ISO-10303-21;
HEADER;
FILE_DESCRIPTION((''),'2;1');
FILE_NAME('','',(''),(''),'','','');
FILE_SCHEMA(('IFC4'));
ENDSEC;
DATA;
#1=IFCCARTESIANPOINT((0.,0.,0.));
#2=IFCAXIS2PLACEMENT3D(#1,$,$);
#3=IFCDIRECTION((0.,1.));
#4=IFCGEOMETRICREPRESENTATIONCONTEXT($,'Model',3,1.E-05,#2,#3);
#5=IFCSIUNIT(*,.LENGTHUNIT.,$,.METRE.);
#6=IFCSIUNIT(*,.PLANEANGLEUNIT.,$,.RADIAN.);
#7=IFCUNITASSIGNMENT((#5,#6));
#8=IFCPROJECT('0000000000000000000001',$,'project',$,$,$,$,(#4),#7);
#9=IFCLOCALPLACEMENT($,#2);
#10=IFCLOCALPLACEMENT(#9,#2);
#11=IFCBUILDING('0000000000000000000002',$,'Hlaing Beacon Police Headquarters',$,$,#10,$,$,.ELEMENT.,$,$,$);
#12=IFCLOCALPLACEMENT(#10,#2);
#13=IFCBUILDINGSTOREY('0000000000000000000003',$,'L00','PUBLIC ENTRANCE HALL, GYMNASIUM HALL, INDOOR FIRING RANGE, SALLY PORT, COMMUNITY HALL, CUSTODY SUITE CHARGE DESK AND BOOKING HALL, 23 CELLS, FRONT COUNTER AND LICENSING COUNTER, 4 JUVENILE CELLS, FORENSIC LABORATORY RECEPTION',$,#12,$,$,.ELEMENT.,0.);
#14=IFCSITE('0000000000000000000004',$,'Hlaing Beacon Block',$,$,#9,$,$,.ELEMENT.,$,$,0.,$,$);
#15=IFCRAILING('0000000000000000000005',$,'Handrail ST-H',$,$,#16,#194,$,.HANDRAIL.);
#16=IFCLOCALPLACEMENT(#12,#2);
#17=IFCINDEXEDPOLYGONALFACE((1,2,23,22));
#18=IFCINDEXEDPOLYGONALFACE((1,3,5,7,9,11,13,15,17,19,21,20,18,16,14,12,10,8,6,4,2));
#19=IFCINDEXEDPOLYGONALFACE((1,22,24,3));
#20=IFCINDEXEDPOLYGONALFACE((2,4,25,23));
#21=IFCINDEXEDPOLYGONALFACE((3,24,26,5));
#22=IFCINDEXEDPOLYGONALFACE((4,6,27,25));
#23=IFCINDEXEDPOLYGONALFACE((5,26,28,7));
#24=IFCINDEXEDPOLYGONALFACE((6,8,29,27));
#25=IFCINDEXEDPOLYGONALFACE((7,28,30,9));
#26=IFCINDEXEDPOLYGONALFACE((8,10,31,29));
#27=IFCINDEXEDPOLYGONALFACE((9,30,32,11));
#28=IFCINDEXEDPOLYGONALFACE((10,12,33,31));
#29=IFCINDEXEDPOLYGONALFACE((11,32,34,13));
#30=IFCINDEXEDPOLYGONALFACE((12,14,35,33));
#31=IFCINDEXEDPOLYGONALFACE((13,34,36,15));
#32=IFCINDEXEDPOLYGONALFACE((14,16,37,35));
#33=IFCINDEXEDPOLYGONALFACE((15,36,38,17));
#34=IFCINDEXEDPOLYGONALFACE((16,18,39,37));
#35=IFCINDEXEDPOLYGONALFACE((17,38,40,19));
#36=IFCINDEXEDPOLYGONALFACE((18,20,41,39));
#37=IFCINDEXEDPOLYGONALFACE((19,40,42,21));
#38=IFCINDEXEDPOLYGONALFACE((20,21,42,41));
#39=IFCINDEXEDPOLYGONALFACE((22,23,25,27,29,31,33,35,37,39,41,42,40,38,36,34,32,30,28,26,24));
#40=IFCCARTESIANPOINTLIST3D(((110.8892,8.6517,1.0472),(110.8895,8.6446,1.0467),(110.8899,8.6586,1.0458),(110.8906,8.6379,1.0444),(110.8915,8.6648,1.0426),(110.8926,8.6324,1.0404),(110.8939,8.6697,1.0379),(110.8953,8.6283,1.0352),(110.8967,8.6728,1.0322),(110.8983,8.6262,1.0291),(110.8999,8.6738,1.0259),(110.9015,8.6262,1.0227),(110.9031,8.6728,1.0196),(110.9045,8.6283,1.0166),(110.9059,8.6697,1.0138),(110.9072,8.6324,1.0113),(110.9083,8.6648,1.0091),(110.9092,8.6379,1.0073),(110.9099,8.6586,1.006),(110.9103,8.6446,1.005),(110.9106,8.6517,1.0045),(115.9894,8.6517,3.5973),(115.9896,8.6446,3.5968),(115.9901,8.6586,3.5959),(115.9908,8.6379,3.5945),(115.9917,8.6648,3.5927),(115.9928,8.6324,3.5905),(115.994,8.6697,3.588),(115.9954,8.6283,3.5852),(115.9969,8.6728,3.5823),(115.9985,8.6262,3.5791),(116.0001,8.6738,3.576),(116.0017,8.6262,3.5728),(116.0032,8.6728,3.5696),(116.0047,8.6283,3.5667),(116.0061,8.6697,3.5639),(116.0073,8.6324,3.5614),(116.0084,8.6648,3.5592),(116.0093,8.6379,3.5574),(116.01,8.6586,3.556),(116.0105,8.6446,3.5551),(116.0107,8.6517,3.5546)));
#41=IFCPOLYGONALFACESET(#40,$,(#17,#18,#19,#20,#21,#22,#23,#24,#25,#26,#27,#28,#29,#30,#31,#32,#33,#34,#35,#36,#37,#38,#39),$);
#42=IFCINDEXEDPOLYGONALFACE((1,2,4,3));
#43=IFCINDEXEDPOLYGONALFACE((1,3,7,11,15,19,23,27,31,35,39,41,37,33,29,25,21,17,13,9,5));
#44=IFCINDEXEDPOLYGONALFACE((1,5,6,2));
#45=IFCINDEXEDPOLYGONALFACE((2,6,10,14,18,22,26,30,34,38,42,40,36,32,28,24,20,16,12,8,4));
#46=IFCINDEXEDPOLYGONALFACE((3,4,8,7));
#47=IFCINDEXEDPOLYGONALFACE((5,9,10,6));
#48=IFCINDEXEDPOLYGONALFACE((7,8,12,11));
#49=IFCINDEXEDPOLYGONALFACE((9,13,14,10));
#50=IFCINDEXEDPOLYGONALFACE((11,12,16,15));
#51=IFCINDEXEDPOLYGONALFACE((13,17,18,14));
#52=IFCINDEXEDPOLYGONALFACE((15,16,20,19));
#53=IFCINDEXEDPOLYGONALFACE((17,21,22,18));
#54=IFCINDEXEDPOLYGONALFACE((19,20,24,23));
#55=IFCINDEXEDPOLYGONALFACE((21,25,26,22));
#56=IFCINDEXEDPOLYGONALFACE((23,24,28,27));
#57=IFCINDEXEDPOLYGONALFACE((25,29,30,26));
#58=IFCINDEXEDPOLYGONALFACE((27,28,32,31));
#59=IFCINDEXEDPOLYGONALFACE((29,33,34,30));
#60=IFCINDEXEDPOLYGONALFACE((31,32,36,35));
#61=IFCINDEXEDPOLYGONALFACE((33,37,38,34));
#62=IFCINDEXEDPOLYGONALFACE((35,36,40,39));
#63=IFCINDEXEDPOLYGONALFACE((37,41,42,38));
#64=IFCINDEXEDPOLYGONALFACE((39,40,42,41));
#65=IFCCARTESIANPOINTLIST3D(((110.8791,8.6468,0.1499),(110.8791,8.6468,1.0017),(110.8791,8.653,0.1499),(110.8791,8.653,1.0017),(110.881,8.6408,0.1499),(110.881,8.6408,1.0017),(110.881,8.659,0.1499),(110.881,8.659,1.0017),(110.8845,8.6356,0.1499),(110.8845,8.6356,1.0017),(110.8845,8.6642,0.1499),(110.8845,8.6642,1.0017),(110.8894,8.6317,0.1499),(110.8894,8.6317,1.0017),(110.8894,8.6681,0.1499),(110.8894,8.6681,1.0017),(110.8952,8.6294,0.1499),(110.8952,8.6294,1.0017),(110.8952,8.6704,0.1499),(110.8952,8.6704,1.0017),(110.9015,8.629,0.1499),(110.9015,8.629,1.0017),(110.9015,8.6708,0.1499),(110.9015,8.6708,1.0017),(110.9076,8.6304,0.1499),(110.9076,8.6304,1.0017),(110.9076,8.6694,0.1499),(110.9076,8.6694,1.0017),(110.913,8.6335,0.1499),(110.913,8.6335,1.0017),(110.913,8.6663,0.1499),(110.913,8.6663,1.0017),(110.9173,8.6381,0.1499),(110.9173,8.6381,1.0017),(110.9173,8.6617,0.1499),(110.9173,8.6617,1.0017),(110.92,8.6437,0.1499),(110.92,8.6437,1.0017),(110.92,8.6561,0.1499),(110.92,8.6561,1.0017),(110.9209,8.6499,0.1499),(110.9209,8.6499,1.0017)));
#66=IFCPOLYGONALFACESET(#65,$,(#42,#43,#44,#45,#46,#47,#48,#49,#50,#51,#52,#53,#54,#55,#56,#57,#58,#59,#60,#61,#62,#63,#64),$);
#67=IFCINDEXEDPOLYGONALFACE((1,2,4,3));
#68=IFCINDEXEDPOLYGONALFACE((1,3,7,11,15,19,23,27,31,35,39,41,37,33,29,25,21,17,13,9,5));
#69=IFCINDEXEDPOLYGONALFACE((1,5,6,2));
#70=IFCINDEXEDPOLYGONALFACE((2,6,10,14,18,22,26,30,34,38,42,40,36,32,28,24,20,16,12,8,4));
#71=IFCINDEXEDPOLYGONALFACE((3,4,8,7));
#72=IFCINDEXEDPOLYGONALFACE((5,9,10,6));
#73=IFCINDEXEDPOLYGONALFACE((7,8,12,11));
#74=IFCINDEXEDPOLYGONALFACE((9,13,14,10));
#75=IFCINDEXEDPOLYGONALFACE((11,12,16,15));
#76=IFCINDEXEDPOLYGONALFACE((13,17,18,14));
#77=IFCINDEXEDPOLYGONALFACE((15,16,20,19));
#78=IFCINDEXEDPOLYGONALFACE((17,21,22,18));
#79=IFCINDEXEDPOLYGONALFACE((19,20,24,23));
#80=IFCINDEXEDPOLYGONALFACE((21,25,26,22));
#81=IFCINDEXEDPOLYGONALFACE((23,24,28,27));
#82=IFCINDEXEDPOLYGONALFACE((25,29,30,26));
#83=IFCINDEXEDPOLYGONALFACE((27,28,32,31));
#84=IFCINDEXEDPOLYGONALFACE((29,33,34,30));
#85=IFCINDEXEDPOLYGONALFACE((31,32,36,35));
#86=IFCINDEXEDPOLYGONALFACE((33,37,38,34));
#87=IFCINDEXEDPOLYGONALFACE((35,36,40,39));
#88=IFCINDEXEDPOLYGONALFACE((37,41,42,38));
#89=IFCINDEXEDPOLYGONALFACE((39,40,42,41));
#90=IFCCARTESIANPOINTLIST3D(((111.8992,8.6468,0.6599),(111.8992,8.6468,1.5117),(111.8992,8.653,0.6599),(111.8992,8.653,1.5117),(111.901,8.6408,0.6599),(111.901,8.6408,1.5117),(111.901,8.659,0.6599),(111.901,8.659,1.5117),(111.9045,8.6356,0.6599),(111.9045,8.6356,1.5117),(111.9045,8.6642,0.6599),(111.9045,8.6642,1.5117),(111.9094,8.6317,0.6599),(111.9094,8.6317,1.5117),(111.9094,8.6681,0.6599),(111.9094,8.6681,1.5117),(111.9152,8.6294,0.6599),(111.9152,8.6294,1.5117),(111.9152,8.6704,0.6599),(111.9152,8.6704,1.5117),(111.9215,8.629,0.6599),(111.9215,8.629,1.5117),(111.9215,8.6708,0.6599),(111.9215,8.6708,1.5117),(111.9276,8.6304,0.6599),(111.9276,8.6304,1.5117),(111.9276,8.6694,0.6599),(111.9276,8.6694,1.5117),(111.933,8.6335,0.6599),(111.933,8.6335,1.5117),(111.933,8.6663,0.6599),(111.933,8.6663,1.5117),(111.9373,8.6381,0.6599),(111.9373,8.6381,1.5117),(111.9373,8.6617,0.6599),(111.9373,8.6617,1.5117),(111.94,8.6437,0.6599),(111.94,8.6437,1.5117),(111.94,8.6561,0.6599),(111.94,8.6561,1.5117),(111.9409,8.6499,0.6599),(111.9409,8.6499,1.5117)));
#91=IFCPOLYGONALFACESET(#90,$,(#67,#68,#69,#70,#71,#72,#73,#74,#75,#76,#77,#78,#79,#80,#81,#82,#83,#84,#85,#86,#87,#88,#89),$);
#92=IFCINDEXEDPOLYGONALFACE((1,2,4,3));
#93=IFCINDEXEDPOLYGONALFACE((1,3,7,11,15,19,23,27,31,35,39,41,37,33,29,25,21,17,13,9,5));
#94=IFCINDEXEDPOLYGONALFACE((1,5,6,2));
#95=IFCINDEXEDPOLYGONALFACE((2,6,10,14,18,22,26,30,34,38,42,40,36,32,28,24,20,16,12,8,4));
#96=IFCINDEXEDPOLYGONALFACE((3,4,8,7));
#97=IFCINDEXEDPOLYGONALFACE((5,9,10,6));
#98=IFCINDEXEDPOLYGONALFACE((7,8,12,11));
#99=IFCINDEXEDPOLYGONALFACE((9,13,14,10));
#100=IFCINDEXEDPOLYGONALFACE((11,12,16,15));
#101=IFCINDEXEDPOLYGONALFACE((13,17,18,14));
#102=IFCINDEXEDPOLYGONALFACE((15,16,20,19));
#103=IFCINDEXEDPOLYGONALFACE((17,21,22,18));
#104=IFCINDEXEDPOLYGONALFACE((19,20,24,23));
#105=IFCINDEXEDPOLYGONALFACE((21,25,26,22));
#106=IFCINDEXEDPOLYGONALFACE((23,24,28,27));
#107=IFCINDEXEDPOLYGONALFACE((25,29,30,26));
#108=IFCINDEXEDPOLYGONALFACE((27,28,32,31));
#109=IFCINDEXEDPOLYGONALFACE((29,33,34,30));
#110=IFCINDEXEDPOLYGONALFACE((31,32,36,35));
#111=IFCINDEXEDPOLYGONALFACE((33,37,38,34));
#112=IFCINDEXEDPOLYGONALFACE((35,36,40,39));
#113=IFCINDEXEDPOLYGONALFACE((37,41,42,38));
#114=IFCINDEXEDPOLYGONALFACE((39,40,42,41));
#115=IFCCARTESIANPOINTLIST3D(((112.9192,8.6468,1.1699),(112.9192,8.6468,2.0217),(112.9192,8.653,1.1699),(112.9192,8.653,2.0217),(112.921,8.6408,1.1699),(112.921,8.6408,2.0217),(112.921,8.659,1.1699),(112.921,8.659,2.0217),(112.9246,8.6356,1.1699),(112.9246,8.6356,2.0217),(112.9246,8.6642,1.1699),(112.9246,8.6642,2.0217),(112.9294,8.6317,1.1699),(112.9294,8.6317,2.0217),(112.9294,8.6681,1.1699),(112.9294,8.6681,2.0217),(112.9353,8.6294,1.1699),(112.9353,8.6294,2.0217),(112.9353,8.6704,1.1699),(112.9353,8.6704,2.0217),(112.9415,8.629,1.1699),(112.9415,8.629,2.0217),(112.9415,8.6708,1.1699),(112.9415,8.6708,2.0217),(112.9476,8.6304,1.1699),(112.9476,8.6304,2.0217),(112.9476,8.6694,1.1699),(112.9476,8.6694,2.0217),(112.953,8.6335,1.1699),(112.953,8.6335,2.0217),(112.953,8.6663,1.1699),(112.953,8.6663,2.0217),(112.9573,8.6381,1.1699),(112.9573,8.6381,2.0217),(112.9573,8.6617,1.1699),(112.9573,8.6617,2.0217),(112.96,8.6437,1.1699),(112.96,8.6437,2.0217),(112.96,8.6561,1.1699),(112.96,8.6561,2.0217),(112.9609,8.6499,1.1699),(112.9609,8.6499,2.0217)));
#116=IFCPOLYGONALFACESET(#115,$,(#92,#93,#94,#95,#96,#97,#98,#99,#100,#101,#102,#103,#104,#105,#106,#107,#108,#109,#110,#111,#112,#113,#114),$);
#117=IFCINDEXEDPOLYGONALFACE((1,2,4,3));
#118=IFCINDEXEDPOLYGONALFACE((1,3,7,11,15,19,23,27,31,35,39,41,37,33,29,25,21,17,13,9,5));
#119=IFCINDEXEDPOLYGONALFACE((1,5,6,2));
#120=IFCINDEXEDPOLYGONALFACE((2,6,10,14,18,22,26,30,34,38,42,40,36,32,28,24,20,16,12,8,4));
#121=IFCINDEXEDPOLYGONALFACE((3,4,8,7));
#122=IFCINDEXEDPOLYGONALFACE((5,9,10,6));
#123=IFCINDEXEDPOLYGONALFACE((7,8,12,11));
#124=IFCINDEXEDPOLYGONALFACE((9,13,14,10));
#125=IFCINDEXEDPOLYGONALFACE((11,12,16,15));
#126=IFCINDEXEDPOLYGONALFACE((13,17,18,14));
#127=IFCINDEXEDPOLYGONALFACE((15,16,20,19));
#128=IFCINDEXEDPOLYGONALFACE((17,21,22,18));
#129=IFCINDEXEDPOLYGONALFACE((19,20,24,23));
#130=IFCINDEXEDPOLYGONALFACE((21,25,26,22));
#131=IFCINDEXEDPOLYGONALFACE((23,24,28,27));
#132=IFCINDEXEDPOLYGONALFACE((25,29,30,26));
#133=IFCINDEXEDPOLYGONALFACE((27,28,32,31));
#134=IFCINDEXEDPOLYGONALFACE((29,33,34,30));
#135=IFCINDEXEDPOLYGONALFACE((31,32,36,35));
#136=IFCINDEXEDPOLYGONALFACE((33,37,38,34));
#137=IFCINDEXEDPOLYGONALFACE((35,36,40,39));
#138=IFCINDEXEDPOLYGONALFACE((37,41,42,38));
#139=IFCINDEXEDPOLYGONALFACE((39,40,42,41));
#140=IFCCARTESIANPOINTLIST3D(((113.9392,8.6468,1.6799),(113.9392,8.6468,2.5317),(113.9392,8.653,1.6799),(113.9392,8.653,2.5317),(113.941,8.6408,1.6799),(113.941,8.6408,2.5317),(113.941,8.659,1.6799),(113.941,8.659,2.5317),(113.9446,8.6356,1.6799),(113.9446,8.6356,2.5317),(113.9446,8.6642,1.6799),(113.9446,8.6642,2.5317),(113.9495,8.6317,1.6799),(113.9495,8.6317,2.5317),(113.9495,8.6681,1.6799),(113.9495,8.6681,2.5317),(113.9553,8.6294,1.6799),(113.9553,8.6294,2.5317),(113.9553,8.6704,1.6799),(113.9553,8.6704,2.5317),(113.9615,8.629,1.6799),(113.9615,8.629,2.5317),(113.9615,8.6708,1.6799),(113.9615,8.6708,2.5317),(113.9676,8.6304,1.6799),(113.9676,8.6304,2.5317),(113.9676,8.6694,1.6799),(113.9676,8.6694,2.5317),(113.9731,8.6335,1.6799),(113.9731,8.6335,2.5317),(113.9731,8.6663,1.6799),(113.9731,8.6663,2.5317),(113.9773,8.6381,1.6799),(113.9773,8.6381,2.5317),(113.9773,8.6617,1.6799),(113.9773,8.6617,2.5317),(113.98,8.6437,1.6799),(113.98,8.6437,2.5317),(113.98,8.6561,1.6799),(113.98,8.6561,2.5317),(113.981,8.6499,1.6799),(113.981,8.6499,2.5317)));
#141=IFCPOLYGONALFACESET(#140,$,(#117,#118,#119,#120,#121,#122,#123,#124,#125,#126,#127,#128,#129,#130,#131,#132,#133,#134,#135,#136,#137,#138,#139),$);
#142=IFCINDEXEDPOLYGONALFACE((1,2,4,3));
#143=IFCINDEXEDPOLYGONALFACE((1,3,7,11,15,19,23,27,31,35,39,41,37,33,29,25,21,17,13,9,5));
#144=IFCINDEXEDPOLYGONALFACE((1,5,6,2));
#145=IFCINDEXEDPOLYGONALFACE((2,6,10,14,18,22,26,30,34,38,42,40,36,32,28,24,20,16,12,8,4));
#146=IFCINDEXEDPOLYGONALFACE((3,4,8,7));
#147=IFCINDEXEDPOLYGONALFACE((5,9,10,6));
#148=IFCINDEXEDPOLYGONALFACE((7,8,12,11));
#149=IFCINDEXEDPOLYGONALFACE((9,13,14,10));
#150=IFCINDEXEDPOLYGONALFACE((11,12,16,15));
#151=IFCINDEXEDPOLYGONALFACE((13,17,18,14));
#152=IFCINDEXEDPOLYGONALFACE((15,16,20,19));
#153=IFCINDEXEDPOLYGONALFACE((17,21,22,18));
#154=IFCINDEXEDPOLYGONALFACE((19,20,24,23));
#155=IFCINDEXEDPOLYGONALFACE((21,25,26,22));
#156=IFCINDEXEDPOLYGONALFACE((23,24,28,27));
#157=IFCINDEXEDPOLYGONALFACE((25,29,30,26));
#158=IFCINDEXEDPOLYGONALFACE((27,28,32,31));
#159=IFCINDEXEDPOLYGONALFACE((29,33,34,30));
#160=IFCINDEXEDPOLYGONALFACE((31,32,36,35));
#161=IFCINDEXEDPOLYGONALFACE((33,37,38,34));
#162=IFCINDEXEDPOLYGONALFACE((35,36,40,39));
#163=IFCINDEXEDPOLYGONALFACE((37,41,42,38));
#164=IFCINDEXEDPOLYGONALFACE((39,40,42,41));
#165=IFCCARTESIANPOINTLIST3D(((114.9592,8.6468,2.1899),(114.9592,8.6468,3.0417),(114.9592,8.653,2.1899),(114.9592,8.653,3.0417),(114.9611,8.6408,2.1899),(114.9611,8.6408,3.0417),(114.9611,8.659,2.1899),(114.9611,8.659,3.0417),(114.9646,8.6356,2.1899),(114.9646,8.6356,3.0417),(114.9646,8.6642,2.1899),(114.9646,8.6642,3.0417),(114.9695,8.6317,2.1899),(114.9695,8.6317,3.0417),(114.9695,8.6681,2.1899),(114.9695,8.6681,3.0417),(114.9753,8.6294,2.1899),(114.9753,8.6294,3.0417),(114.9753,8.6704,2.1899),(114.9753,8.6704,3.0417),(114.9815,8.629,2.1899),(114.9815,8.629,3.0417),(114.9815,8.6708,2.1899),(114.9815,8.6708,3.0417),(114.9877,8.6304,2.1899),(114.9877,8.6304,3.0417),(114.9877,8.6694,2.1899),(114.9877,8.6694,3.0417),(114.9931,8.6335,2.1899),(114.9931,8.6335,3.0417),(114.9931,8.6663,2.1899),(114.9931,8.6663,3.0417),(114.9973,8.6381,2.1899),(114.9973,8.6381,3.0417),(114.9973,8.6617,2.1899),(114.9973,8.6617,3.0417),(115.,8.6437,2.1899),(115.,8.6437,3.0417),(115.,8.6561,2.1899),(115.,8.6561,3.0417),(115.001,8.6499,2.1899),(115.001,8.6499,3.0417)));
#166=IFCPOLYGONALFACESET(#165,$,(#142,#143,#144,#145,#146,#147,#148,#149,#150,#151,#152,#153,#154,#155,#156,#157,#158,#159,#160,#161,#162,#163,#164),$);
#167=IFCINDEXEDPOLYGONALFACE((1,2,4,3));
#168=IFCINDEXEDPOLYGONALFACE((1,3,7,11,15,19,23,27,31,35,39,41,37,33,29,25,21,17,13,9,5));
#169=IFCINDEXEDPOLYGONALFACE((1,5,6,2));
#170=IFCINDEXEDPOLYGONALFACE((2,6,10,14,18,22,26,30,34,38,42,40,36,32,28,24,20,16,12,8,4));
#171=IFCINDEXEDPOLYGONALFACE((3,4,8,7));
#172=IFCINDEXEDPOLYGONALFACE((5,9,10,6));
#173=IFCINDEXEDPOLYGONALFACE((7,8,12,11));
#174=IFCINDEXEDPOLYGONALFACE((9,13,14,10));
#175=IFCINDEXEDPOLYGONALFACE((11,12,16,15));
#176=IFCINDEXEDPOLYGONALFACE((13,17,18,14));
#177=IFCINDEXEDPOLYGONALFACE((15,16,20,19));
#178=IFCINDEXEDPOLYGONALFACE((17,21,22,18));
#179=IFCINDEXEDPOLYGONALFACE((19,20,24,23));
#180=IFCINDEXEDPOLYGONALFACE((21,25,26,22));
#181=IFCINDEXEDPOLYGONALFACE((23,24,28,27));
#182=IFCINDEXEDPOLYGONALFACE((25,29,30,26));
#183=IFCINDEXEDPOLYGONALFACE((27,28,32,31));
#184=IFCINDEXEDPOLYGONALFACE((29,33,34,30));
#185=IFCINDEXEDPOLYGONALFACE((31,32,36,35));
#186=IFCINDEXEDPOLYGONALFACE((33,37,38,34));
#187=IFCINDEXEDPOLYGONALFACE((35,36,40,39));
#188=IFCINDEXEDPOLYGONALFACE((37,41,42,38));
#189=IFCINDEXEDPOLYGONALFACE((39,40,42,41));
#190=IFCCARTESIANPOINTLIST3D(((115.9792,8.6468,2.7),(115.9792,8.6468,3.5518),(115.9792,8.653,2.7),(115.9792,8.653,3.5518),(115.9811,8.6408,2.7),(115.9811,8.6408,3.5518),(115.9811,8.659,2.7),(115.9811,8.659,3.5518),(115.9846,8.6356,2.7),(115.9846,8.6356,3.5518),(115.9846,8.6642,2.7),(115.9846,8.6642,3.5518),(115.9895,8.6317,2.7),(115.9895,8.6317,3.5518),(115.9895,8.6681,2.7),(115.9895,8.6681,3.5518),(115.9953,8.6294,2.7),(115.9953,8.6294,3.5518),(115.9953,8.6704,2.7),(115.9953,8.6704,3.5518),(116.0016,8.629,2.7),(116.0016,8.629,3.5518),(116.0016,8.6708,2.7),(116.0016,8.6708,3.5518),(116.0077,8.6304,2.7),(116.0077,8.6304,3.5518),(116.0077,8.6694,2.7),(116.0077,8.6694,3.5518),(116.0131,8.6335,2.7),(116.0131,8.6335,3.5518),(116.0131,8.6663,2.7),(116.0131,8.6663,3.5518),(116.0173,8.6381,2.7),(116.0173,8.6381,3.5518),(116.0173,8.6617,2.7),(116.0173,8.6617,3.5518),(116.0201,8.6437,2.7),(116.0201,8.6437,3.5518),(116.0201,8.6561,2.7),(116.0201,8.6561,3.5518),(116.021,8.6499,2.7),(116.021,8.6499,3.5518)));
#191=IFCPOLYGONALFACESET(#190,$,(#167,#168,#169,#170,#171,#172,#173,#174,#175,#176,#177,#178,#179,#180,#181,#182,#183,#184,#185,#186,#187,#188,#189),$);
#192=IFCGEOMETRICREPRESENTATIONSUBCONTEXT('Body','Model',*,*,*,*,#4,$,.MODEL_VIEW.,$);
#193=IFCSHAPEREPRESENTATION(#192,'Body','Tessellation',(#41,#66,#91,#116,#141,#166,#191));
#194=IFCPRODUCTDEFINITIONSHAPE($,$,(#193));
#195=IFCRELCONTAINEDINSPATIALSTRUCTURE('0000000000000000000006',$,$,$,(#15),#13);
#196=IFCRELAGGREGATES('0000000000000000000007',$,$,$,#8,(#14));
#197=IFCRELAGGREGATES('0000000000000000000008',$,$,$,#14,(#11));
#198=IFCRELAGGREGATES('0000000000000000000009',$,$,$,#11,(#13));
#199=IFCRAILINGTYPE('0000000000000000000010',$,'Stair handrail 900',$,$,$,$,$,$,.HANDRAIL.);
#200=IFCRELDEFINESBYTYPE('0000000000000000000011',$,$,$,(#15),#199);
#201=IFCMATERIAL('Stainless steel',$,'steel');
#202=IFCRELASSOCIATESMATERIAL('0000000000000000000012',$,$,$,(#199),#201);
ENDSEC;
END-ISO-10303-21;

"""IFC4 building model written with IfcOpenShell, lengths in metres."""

from ifc_helpers import new_model, si_unit, direction, frame, origin, origin_2d, place, context, subcontext, project, spatial, circle, extrude, material, type_object, element, save


model = new_model("IFC4")

# Units and contexts
model_context = context("Model", 3, precision=1e-05, world=origin(), true_north=direction((0.0, 1.0)))
body_context = subcontext(model_context, "Body", "Model", "MODEL_VIEW")
ifc_project = project(units=[si_unit("LENGTHUNIT", "METRE"), si_unit("PLANEANGLEUNIT", "RADIAN")], contexts=[model_context])

# Site, building, storey
site_placement = place(None, origin())
site = spatial("IfcSite", under=ifc_project, at=site_placement, Name="Hlaing Beacon Block", CompositionType="ELEMENT", RefElevation=0.0)
building_placement = place(site_placement, origin())
building = spatial("IfcBuilding", under=site, at=building_placement, Name="Hlaing Beacon Police Headquarters", CompositionType="ELEMENT")
storey_placement = place(building_placement, origin())
storey = spatial("IfcBuildingStorey", under=building, at=storey_placement, Name="L00", Description="PUBLIC ENTRANCE HALL, GYMNASIUM HALL, INDOOR FIRING RANGE, SALLY PORT, COMMUNITY HALL, CUSTODY SUITE CHARGE DESK AND BOOKING HALL, 23 CELLS, FRONT COUNTER AND LICENSING COUNTER, 4 JUVENILE CELLS, FORENSIC LABORATORY RECEPTION", CompositionType="ELEMENT", Elevation=0.0)

# Railing
ifc_material_1 = material(Name="Stainless steel", Category="steel")
railing_type_1 = type_object("IfcRailingType", Name="Stair handrail 900", PredefinedType="HANDRAIL", material=ifc_material_1)
railing_1_placement = place(storey_placement, frame((110.8999, 8.6499, 0.1499)))
element("IfcRailing", 1, at=railing_1_placement, inside=storey, type_object=railing_type_1, Name="Handrail ST-H", PredefinedType="HANDRAIL", context=body_context, shape_type="SweptSolid", body=[
    extrude(circle(Radius=0.0239, at=origin_2d()), frame((0.0, 0.0, 0.876), z_axis=(0.894427, 0.0, 0.447214), x_axis=(0.0, 1.0, 0.0)), (0.0, 0.0, 1.0), 5.7021),
    extrude(circle(Radius=0.021, at=origin_2d()), origin(), (0.0, 0.0, 1.0), 0.8518),
    extrude(circle(Radius=0.021, at=origin_2d()), frame((1.02, 0.0, 0.51)), (0.0, 0.0, 1.0), 0.8518),
    extrude(circle(Radius=0.021, at=origin_2d()), frame((2.04, 0.0, 1.02)), (0.0, 0.0, 1.0), 0.8518),
    extrude(circle(Radius=0.021, at=origin_2d()), frame((3.0601, 0.0, 1.53)), (0.0, 0.0, 1.0), 0.8518),
    extrude(circle(Radius=0.021, at=origin_2d()), frame((4.0801, 0.0, 2.04)), (0.0, 0.0, 1.0), 0.8518),
    extrude(circle(Radius=0.021, at=origin_2d()), frame((5.1001, 0.0, 2.55)), (0.0, 0.0, 1.0), 0.8518),
])

save(model, "model.ifc")
